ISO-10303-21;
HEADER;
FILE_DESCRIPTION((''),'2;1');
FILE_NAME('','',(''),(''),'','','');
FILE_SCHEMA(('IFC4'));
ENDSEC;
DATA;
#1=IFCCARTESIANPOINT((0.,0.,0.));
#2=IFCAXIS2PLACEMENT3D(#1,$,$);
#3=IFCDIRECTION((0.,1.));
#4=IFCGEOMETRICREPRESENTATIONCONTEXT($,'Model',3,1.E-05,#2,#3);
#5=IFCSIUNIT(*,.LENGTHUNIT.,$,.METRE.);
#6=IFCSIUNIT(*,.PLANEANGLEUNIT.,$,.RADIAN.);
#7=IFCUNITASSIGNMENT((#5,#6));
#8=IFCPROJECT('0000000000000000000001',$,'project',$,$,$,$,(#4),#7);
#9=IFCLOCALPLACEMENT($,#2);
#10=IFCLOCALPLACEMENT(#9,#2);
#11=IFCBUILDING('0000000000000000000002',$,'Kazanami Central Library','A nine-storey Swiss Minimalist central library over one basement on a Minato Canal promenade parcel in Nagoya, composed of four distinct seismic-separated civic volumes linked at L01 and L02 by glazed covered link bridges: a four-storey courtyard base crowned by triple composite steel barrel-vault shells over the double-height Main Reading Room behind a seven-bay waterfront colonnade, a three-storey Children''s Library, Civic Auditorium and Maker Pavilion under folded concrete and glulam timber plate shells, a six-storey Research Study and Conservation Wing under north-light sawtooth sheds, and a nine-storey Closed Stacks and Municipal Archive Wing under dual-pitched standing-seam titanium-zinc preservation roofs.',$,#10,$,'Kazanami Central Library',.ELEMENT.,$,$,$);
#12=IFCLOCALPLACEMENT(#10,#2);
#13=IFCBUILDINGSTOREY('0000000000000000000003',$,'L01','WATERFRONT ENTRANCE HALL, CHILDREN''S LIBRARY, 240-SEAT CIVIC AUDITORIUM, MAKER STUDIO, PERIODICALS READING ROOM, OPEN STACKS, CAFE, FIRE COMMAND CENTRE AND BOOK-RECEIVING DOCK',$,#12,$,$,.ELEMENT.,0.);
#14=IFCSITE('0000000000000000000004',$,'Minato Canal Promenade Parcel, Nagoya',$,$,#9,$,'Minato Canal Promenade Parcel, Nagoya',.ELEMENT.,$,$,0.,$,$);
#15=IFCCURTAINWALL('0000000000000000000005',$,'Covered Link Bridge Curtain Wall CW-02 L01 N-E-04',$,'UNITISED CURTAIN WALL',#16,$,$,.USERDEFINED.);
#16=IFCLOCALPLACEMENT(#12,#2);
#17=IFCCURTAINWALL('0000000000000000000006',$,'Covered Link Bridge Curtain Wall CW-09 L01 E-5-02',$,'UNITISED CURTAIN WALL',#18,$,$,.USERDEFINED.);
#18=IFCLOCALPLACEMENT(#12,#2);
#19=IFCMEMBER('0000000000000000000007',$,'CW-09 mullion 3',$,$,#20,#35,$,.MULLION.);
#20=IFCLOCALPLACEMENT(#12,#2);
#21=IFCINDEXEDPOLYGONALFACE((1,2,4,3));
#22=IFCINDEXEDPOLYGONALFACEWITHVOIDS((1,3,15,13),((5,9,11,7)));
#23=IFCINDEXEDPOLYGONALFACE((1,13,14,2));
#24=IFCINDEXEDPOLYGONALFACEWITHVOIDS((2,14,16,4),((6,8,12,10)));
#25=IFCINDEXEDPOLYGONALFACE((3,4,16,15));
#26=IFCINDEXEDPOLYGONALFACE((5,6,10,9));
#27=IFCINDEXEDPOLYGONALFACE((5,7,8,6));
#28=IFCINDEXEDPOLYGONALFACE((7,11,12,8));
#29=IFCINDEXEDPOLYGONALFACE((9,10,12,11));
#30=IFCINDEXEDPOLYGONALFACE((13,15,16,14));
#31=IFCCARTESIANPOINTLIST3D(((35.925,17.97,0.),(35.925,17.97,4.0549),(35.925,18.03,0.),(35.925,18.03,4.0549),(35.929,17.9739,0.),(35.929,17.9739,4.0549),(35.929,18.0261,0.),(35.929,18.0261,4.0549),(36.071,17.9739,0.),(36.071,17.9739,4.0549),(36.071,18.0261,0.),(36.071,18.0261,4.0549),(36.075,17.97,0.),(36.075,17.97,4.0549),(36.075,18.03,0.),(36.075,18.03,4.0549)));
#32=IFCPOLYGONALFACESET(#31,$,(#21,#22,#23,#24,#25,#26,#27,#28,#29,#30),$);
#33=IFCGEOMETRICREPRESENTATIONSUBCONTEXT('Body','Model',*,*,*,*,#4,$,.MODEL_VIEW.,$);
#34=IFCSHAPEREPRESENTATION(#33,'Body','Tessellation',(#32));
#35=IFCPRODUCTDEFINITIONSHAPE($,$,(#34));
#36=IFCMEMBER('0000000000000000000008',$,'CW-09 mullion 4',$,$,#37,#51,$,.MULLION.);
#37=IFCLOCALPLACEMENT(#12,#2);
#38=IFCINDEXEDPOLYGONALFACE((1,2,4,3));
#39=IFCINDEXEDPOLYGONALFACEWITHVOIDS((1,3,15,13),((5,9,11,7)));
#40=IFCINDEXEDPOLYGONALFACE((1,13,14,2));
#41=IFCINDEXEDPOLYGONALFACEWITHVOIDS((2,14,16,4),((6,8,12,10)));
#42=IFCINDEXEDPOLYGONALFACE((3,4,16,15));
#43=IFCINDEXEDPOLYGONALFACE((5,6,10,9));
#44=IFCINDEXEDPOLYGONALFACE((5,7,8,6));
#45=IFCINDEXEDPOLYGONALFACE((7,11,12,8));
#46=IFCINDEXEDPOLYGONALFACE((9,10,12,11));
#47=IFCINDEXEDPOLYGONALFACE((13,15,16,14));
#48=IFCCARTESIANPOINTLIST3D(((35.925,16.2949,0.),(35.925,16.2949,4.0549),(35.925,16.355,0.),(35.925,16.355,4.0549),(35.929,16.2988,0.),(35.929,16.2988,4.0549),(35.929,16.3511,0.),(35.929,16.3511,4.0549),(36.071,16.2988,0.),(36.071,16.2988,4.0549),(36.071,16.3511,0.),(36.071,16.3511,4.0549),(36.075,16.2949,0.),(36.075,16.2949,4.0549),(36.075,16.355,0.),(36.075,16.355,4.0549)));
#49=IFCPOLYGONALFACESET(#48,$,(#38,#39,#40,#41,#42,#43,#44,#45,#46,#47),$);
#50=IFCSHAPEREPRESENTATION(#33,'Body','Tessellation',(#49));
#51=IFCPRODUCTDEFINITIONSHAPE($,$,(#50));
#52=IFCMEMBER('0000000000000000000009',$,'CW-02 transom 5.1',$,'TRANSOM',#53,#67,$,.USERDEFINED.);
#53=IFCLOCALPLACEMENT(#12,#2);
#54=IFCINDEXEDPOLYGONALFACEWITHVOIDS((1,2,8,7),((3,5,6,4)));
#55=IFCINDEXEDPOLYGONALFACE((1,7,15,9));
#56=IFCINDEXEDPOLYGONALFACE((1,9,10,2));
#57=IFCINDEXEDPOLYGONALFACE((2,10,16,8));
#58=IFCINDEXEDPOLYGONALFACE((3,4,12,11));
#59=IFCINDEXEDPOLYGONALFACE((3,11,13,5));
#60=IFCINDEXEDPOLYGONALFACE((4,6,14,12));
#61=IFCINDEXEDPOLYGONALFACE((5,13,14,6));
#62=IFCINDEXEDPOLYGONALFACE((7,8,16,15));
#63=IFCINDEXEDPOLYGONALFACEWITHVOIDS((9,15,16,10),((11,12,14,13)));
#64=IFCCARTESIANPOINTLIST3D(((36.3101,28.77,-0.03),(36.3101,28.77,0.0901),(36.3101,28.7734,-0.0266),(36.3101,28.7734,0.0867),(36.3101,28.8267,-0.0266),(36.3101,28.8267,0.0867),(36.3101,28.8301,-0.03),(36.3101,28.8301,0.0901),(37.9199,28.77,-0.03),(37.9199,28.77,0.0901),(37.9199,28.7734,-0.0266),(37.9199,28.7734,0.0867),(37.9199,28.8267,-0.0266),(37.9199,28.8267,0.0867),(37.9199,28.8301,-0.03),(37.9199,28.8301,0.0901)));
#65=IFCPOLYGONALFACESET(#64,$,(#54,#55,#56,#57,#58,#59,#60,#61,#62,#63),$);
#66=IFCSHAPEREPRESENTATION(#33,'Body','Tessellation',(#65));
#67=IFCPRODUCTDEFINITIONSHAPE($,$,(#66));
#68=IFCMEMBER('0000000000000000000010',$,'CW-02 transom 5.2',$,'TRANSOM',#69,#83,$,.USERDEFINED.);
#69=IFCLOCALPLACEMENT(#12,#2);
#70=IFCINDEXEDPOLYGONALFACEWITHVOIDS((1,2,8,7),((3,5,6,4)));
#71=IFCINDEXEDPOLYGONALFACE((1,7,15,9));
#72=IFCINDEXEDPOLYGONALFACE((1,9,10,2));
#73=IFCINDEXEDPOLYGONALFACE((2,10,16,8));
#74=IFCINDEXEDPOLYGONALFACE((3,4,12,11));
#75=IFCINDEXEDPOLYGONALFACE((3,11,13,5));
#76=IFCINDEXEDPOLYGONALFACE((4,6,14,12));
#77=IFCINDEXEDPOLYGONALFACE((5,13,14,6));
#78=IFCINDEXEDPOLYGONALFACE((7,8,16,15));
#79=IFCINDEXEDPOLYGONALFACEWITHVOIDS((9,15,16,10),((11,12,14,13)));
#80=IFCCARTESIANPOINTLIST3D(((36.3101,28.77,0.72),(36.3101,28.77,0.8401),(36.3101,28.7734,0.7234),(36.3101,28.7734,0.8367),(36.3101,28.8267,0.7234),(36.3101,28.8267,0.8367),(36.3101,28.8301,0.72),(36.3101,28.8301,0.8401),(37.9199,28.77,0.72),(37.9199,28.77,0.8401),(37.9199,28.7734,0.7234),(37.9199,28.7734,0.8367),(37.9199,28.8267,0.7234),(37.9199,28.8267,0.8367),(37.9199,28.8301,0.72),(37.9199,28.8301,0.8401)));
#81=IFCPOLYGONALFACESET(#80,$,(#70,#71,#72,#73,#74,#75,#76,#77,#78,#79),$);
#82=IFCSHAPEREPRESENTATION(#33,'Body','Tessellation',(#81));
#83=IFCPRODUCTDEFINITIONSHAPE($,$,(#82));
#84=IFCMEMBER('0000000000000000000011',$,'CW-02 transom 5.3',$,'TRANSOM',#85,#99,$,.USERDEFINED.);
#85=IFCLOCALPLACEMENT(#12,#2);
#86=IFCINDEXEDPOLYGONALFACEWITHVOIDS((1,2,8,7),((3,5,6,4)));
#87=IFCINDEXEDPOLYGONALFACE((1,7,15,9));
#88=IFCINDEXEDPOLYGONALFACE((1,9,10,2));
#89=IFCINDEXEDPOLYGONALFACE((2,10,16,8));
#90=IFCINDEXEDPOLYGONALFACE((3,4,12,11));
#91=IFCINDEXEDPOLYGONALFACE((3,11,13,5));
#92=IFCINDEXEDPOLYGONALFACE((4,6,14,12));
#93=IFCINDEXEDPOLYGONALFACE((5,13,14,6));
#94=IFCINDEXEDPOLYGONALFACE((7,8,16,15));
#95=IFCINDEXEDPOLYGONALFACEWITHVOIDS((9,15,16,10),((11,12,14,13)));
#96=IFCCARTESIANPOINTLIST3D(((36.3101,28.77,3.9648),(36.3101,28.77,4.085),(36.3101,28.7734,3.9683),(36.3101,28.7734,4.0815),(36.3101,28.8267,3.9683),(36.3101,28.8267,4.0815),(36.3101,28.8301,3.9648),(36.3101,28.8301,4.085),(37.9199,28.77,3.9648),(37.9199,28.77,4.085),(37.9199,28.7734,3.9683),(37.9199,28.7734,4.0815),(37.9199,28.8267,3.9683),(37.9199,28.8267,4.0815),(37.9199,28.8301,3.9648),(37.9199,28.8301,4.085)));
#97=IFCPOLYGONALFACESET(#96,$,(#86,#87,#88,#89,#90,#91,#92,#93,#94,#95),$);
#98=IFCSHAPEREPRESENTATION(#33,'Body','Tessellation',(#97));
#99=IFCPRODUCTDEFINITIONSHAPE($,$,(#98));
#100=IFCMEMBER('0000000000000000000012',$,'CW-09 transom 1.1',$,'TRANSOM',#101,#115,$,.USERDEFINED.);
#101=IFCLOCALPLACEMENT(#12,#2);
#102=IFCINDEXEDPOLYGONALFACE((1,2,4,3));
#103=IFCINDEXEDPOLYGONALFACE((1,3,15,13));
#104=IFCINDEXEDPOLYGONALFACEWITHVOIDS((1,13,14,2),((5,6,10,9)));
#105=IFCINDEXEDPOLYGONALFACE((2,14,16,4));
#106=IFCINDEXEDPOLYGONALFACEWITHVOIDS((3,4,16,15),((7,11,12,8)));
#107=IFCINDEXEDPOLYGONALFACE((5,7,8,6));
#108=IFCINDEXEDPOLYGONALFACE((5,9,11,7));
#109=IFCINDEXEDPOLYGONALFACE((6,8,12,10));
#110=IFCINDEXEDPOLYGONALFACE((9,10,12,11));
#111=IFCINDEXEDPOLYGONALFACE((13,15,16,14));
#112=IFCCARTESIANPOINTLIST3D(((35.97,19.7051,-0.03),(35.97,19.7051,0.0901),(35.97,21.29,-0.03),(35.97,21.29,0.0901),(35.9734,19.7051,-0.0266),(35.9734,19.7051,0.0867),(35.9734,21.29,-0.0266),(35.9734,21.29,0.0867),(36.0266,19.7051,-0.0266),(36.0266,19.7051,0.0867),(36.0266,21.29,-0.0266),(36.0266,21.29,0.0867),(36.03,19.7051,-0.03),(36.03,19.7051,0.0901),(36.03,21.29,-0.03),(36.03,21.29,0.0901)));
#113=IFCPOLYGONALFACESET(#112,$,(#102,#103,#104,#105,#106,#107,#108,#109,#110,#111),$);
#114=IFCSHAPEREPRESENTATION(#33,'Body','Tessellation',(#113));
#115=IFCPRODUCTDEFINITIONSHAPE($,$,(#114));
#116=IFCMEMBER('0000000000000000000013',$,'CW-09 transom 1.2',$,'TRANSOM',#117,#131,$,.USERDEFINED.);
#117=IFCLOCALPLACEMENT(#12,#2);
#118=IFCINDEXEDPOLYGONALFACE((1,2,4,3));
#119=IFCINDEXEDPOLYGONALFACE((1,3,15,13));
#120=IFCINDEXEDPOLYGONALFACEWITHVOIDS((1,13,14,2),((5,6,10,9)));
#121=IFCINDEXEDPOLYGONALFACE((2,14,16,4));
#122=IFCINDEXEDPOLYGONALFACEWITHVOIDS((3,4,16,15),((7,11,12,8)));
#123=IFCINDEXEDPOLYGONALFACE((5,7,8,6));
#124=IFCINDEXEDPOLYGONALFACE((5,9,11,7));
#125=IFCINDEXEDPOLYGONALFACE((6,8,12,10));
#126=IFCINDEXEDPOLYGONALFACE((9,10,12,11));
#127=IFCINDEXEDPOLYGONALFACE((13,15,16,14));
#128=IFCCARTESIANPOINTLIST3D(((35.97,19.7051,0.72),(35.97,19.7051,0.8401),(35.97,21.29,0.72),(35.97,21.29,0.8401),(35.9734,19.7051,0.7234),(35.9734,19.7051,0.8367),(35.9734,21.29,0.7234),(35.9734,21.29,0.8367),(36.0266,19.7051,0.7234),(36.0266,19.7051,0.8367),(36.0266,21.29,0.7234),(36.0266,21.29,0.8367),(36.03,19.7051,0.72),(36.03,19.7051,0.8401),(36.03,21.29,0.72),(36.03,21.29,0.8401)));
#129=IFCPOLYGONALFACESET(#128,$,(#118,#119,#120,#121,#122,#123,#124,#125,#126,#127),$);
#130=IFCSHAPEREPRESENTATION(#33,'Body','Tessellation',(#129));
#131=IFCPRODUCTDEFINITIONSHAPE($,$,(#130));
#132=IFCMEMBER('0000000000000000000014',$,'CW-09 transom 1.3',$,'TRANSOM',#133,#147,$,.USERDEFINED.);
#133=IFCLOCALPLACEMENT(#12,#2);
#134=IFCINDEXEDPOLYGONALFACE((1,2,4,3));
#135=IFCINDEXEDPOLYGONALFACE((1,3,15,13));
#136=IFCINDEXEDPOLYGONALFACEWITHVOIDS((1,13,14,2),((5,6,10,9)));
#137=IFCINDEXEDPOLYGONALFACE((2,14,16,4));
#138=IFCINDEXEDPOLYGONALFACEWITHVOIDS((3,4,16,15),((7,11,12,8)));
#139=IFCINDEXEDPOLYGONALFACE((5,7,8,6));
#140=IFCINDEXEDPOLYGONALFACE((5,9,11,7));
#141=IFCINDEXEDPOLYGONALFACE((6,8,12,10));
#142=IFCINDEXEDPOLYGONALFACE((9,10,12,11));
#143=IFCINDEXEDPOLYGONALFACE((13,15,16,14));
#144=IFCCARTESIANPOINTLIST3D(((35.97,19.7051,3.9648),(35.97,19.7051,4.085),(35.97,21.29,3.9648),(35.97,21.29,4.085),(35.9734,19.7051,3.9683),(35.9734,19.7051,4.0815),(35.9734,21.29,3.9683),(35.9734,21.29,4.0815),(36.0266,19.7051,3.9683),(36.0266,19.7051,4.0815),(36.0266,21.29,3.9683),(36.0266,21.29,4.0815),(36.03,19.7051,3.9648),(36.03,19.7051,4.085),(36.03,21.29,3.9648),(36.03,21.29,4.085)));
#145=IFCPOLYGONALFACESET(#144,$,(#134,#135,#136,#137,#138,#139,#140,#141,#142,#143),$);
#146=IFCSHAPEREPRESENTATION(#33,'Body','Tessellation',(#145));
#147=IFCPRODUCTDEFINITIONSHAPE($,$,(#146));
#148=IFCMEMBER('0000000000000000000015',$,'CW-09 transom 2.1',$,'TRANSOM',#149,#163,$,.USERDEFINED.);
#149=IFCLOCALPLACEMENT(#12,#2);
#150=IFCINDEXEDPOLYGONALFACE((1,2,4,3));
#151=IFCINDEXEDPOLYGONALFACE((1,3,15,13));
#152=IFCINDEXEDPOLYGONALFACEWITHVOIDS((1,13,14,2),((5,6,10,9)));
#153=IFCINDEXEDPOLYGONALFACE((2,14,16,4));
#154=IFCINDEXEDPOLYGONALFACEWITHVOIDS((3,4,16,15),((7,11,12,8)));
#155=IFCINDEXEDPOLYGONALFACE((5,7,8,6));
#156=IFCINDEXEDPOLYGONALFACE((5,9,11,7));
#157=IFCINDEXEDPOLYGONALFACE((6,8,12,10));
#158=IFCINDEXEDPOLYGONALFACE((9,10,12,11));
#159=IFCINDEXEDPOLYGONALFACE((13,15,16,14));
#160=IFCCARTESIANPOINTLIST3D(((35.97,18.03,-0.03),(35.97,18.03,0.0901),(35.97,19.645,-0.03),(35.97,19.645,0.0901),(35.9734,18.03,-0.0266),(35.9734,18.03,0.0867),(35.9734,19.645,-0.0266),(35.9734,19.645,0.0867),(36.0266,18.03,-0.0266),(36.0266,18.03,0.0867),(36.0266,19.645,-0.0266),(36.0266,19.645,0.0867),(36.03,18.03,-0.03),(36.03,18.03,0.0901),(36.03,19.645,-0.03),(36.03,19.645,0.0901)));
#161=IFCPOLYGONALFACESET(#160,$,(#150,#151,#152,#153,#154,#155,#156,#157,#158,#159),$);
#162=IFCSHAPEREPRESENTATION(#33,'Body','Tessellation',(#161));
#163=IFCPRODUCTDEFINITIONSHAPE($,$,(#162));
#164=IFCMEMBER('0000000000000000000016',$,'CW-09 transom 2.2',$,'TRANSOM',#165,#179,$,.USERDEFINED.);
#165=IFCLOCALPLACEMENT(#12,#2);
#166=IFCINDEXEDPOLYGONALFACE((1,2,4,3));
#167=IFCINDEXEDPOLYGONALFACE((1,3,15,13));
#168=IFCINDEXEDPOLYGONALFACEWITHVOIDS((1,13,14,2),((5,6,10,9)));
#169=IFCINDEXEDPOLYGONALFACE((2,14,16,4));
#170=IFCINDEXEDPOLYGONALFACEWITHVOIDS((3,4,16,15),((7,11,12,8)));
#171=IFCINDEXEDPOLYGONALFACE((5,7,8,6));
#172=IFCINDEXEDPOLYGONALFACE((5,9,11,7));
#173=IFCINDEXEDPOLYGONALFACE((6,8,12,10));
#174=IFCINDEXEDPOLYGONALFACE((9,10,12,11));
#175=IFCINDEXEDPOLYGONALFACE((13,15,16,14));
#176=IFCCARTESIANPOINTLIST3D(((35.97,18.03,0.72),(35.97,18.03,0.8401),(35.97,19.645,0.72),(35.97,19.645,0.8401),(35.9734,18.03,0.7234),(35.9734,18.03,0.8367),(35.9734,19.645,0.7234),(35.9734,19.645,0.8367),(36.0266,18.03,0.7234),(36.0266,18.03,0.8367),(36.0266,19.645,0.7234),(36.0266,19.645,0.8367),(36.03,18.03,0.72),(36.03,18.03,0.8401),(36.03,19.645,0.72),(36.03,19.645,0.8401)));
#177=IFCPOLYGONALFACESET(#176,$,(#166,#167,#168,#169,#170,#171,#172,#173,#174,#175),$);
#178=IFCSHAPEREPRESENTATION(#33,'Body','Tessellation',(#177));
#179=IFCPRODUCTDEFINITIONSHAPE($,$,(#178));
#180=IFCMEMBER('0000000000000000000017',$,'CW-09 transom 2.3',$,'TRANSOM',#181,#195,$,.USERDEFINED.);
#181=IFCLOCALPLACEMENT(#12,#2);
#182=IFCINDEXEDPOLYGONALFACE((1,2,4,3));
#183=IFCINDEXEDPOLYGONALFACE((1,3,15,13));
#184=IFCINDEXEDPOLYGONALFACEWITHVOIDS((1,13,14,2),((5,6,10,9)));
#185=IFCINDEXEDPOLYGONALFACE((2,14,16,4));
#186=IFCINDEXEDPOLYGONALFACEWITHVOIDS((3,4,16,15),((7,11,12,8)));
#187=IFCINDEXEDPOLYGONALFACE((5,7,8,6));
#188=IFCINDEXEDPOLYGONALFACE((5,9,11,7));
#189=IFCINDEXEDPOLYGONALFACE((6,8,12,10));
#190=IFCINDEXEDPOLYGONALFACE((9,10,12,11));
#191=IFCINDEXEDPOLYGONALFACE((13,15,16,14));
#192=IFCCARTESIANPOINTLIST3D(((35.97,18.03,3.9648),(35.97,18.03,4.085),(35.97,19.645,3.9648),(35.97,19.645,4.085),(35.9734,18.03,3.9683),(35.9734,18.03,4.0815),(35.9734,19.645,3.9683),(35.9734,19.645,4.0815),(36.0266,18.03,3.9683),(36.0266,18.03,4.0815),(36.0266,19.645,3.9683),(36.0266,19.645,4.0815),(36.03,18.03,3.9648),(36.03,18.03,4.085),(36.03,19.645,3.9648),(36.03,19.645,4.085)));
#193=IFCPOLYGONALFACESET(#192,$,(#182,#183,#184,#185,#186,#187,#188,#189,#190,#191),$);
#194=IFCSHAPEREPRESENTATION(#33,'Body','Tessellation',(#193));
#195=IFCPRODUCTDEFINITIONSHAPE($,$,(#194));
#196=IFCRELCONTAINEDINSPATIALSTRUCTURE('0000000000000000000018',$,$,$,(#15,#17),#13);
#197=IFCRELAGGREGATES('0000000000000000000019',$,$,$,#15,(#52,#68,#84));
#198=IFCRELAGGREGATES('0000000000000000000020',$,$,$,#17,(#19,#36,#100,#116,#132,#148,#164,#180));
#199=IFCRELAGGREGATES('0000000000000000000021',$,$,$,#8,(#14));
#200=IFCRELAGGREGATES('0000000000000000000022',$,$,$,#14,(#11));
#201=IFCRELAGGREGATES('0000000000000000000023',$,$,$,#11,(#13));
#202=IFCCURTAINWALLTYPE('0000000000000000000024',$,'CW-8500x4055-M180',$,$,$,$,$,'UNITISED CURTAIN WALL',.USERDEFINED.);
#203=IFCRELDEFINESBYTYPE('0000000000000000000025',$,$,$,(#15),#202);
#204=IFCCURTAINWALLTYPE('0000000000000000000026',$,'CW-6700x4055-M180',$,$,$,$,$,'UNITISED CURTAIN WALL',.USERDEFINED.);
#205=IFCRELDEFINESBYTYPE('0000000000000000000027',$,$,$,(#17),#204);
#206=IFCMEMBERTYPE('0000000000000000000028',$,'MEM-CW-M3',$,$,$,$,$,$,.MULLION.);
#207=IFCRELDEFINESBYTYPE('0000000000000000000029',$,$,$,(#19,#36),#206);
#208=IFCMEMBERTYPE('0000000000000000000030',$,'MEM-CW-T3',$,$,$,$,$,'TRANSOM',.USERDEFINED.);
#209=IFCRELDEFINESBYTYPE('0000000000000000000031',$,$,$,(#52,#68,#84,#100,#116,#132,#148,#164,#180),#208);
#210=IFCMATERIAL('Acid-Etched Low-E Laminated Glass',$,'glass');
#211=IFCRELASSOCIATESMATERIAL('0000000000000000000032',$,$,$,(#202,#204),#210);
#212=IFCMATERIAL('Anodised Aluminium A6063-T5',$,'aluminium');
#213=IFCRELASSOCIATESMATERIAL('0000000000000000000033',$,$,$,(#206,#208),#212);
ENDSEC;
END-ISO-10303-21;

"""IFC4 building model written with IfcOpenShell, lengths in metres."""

from ifc_helpers import new_model, si_unit, direction, frame, origin, origin_2d, place, context, subcontext, project, spatial, hollow_rectangle, extrude, material, material_profile, profile_set, type_object, element, aggregate, save


model = new_model("IFC4")

# Units and contexts
model_context = context("Model", 3, precision=1e-05, world=origin(), true_north=direction((0.0, 1.0)))
body_context = subcontext(model_context, "Body", "Model", "MODEL_VIEW")
ifc_project = project(units=[si_unit("LENGTHUNIT", "METRE"), si_unit("PLANEANGLEUNIT", "RADIAN")], contexts=[model_context])

# Site, building, storey
site_placement = place(None, origin())
site = spatial("IfcSite", under=ifc_project, at=site_placement, Name="Minato Canal Promenade Parcel, Nagoya", LongName="Minato Canal Promenade Parcel, Nagoya", CompositionType="ELEMENT", RefElevation=0.0)
building_placement = place(site_placement, origin())
building = spatial("IfcBuilding", under=site, at=building_placement, Name="Kazanami Central Library", Description="A nine-storey Swiss Minimalist central library over one basement on a Minato Canal promenade parcel in Nagoya, composed of four distinct seismic-separated civic volumes linked at L01 and L02 by glazed covered link bridges: a four-storey courtyard base crowned by triple composite steel barrel-vault shells over the double-height Main Reading Room behind a seven-bay waterfront colonnade, a three-storey Children's Library, Civic Auditorium and Maker Pavilion under folded concrete and glulam timber plate shells, a six-storey Research Study and Conservation Wing under north-light sawtooth sheds, and a nine-storey Closed Stacks and Municipal Archive Wing under dual-pitched standing-seam titanium-zinc preservation roofs.", LongName="Kazanami Central Library", CompositionType="ELEMENT")
storey_placement = place(building_placement, origin())
storey = spatial("IfcBuildingStorey", under=building, at=storey_placement, Name="L01", Description="WATERFRONT ENTRANCE HALL, CHILDREN'S LIBRARY, 240-SEAT CIVIC AUDITORIUM, MAKER STUDIO, PERIODICALS READING ROOM, OPEN STACKS, CAFE, FIRE COMMAND CENTRE AND BOOK-RECEIVING DOCK", CompositionType="ELEMENT", Elevation=0.0)

# Curtain wall
ifc_material_1 = material(Name="Acid-Etched Low-E Laminated Glass", Category="glass")
curtain_wall_type_1 = type_object("IfcCurtainWallType", Name="CW-8500x4055-M180", ElementType="UNITISED CURTAIN WALL", PredefinedType="USERDEFINED", material=ifc_material_1)
curtain_wall_1_placement = place(storey_placement, origin())
curtain_wall_1 = element("IfcCurtainWall", 1, at=curtain_wall_1_placement, inside=storey, type_object=curtain_wall_type_1, Name="Covered Link Bridge Curtain Wall CW-02 L01 N-E-04", ObjectType="UNITISED CURTAIN WALL", PredefinedType="USERDEFINED")
ifc_material_2 = material(Name="Anodised Aluminium A6063-T5", Category="aluminium")
ifc_material_profile_1 = material_profile(ifc_material_2, hollow_rectangle(XDim=0.0601, YDim=0.1499, WallThickness=0.0039, at=origin_2d()), Name="ALU-MULL-60x150x4")
ifc_profile_set_1 = profile_set([ifc_material_profile_1], Name="Anodised Aluminium A6063-T5")
member_type_1 = type_object("IfcMemberType", Name="MEM-CW-M3", PredefinedType="MULLION", material=ifc_profile_set_1)

# Curtain wall, members
curtain_wall_type_2 = type_object("IfcCurtainWallType", Name="CW-6700x4055-M180", ElementType="UNITISED CURTAIN WALL", PredefinedType="USERDEFINED", material=ifc_material_1)
curtain_wall_2_placement = place(storey_placement, origin())
curtain_wall_2 = element("IfcCurtainWall", 2, at=curtain_wall_2_placement, inside=storey, type_object=curtain_wall_type_2, Name="Covered Link Bridge Curtain Wall CW-09 L01 E-5-02", ObjectType="UNITISED CURTAIN WALL", PredefinedType="USERDEFINED")
member_1_placement = place(storey_placement, frame((36.0, 18.0, 0.0), z_axis=(0.0, 0.0, 1.0), x_axis=(0.0, -1.0, 0.0)))
member_1 = element("IfcMember", 3, at=member_1_placement, type_object=member_type_1, Name="CW-09 mullion 3", PredefinedType="MULLION", context=body_context, shape_type="SweptSolid", body=[
    extrude(hollow_rectangle(XDim=0.0601, YDim=0.1499, WallThickness=0.0039, at=origin_2d()), origin(), (0.0, 0.0, 1.0), 4.0549),
])
member_2_placement = place(storey_placement, frame((36.0, 16.325, 0.0), z_axis=(0.0, 0.0, 1.0), x_axis=(0.0, -1.0, 0.0)))
member_2 = element("IfcMember", 4, at=member_2_placement, type_object=member_type_1, Name="CW-09 mullion 4", PredefinedType="MULLION", context=body_context, shape_type="SweptSolid", body=[
    extrude(hollow_rectangle(XDim=0.0601, YDim=0.1499, WallThickness=0.0039, at=origin_2d()), origin(), (0.0, 0.0, 1.0), 4.0549),
])

# Members
ifc_material_profile_2 = material_profile(ifc_material_2, hollow_rectangle(XDim=0.0601, YDim=0.1201, WallThickness=0.0034, at=origin_2d()), Name="ALU-TRAN-60x120x3.5")
ifc_profile_set_2 = profile_set([ifc_material_profile_2], Name="Anodised Aluminium A6063-T5")
member_type_2 = type_object("IfcMemberType", Name="MEM-CW-T3", ElementType="TRANSOM", PredefinedType="USERDEFINED", material=ifc_profile_set_2)
member_3_placement = place(storey_placement, frame((37.9199, 28.8, 0.03), z_axis=(-1.0, 0.0, 0.0), x_axis=(0.0, -1.0, 0.0)))
member_3 = element("IfcMember", 5, at=member_3_placement, type_object=member_type_2, Name="CW-02 transom 5.1", ObjectType="TRANSOM", PredefinedType="USERDEFINED", context=body_context, shape_type="SweptSolid", body=[
    extrude(hollow_rectangle(XDim=0.0601, YDim=0.1201, WallThickness=0.0034, at=origin_2d()), origin(), (0.0, 0.0, 1.0), 1.6099),
])
member_4_placement = place(storey_placement, frame((37.9199, 28.8, 0.78), z_axis=(-1.0, 0.0, 0.0), x_axis=(0.0, -1.0, 0.0)))
member_4 = element("IfcMember", 6, at=member_4_placement, type_object=member_type_2, Name="CW-02 transom 5.2", ObjectType="TRANSOM", PredefinedType="USERDEFINED", context=body_context, shape_type="SweptSolid", body=[
    extrude(hollow_rectangle(XDim=0.0601, YDim=0.1201, WallThickness=0.0034, at=origin_2d()), origin(), (0.0, 0.0, 1.0), 1.6099),
])
member_5_placement = place(storey_placement, frame((37.9199, 28.8, 4.0249), z_axis=(-1.0, 0.0, 0.0), x_axis=(0.0, -1.0, 0.0)))
member_5 = element("IfcMember", 7, at=member_5_placement, type_object=member_type_2, Name="CW-02 transom 5.3", ObjectType="TRANSOM", PredefinedType="USERDEFINED", context=body_context, shape_type="SweptSolid", body=[
    extrude(hollow_rectangle(XDim=0.0601, YDim=0.1201, WallThickness=0.0034, at=origin_2d()), origin(), (0.0, 0.0, 1.0), 1.6099),
])
member_6_placement = place(storey_placement, frame((36.0, 21.29, 0.03), z_axis=(0.0, -1.0, 0.0), x_axis=(1.0, 0.0, 0.0)))
member_6 = element("IfcMember", 8, at=member_6_placement, type_object=member_type_2, Name="CW-09 transom 1.1", ObjectType="TRANSOM", PredefinedType="USERDEFINED", context=body_context, shape_type="SweptSolid", body=[
    extrude(hollow_rectangle(XDim=0.0601, YDim=0.1201, WallThickness=0.0034, at=origin_2d()), origin(), (0.0, 0.0, 1.0), 1.585),
])
member_7_placement = place(storey_placement, frame((36.0, 21.29, 0.78), z_axis=(0.0, -1.0, 0.0), x_axis=(1.0, 0.0, 0.0)))
member_7 = element("IfcMember", 9, at=member_7_placement, type_object=member_type_2, Name="CW-09 transom 1.2", ObjectType="TRANSOM", PredefinedType="USERDEFINED", context=body_context, shape_type="SweptSolid", body=[
    extrude(hollow_rectangle(XDim=0.0601, YDim=0.1201, WallThickness=0.0034, at=origin_2d()), origin(), (0.0, 0.0, 1.0), 1.585),
])
member_8_placement = place(storey_placement, frame((36.0, 21.29, 4.0249), z_axis=(0.0, -1.0, 0.0), x_axis=(1.0, 0.0, 0.0)))
member_8 = element("IfcMember", 10, at=member_8_placement, type_object=member_type_2, Name="CW-09 transom 1.3", ObjectType="TRANSOM", PredefinedType="USERDEFINED", context=body_context, shape_type="SweptSolid", body=[
    extrude(hollow_rectangle(XDim=0.0601, YDim=0.1201, WallThickness=0.0034, at=origin_2d()), origin(), (0.0, 0.0, 1.0), 1.585),
])
member_9_placement = place(storey_placement, frame((36.0, 19.645, 0.03), z_axis=(0.0, -1.0, 0.0), x_axis=(1.0, 0.0, 0.0)))
member_9 = element("IfcMember", 11, at=member_9_placement, type_object=member_type_2, Name="CW-09 transom 2.1", ObjectType="TRANSOM", PredefinedType="USERDEFINED", context=body_context, shape_type="SweptSolid", body=[
    extrude(hollow_rectangle(XDim=0.0601, YDim=0.1201, WallThickness=0.0034, at=origin_2d()), origin(), (0.0, 0.0, 1.0), 1.615),
])
member_10_placement = place(storey_placement, frame((36.0, 19.645, 0.78), z_axis=(0.0, -1.0, 0.0), x_axis=(1.0, 0.0, 0.0)))
member_10 = element("IfcMember", 12, at=member_10_placement, type_object=member_type_2, Name="CW-09 transom 2.2", ObjectType="TRANSOM", PredefinedType="USERDEFINED", context=body_context, shape_type="SweptSolid", body=[
    extrude(hollow_rectangle(XDim=0.0601, YDim=0.1201, WallThickness=0.0034, at=origin_2d()), origin(), (0.0, 0.0, 1.0), 1.615),
])
member_11_placement = place(storey_placement, frame((36.0, 19.645, 4.0249), z_axis=(0.0, -1.0, 0.0), x_axis=(1.0, 0.0, 0.0)))
member_11 = element("IfcMember", 13, at=member_11_placement, type_object=member_type_2, Name="CW-09 transom 2.3", ObjectType="TRANSOM", PredefinedType="USERDEFINED", context=body_context, shape_type="SweptSolid", body=[
    extrude(hollow_rectangle(XDim=0.0601, YDim=0.1201, WallThickness=0.0034, at=origin_2d()), origin(), (0.0, 0.0, 1.0), 1.615),
])

aggregate(curtain_wall_1, [member_3, member_4, member_5])
aggregate(curtain_wall_2, [member_1, member_2, member_6, member_7, member_8, member_9, member_10, member_11])

save(model, "model.ifc")
